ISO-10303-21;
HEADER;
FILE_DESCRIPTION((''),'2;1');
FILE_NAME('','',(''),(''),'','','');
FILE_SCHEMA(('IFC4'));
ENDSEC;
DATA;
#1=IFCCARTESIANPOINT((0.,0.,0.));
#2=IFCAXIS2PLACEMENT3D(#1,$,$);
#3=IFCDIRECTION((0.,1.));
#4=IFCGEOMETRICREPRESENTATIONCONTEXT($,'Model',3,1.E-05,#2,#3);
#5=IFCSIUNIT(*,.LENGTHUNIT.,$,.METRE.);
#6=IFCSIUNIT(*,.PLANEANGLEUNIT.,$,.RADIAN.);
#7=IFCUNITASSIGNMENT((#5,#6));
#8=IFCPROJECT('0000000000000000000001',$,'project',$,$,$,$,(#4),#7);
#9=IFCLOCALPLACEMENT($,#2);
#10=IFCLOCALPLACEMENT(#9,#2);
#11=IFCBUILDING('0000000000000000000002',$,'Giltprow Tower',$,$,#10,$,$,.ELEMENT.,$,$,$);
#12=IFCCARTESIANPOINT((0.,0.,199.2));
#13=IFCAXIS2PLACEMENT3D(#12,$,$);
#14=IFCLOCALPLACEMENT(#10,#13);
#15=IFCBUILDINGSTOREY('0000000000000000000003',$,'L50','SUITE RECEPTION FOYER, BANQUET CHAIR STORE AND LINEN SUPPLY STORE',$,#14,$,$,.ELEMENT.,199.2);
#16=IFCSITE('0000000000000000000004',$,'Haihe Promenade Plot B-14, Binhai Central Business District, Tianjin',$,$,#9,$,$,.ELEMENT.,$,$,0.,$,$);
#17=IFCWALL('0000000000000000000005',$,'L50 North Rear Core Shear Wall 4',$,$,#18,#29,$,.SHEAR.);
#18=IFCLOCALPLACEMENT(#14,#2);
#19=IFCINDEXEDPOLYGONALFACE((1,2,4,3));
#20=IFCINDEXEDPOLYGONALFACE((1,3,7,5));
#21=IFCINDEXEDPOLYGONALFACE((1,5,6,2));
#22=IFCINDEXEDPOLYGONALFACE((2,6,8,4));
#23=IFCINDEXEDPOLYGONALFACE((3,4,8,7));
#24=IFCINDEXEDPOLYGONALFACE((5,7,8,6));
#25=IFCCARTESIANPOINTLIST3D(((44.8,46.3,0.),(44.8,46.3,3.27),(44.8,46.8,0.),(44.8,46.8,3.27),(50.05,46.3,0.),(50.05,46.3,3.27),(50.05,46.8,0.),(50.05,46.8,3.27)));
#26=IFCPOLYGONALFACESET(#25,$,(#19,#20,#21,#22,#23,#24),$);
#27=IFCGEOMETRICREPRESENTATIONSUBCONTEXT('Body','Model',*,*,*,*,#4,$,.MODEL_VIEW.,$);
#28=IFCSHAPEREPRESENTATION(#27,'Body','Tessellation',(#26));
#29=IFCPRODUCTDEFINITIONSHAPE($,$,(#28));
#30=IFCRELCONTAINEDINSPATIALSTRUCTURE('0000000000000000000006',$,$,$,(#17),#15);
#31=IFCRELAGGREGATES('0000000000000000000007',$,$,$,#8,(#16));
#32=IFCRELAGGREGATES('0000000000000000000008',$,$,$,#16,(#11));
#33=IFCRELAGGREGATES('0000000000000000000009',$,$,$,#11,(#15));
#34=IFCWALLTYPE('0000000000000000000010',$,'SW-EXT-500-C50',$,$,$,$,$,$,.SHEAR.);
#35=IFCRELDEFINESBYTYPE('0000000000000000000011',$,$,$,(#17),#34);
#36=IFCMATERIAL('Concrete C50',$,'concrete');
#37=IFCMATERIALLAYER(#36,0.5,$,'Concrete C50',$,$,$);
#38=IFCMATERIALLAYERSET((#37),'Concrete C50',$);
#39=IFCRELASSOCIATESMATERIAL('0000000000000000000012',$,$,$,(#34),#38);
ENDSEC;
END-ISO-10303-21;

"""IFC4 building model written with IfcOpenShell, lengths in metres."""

from ifc_helpers import new_model, si_unit, direction, frame, frame_2d, origin, place, context, subcontext, project, spatial, rectangle, extrude, material, layer, layer_set, type_object, element, save


model = new_model("IFC4")

# Units and contexts
model_context = context("Model", 3, precision=1e-05, world=origin(), true_north=direction((0.0, 1.0)))
body_context = subcontext(model_context, "Body", "Model", "MODEL_VIEW")
ifc_project = project(units=[si_unit("LENGTHUNIT", "METRE"), si_unit("PLANEANGLEUNIT", "RADIAN")], contexts=[model_context])

# Site, building, storey
site_placement = place(None, origin())
site = spatial("IfcSite", under=ifc_project, at=site_placement, Name="Haihe Promenade Plot B-14, Binhai Central Business District, Tianjin", CompositionType="ELEMENT", RefElevation=0.0)
building_placement = place(site_placement, origin())
building = spatial("IfcBuilding", under=site, at=building_placement, Name="Giltprow Tower", CompositionType="ELEMENT")
storey_placement = place(building_placement, frame((0.0, 0.0, 199.2)))
storey = spatial("IfcBuildingStorey", under=building, at=storey_placement, Name="L50", Description="SUITE RECEPTION FOYER, BANQUET CHAIR STORE AND LINEN SUPPLY STORE", CompositionType="ELEMENT", Elevation=199.2)

# Shared definitions
ifc_material_1 = material(Name="Concrete C50", Category="concrete")

# Wall
ifc_layer_1 = layer(ifc_material_1, 0.5, Name="Concrete C50")
ifc_layer_set_1 = layer_set([ifc_layer_1], Name="Concrete C50")
wall_type_1 = type_object("IfcWallType", Name="SW-EXT-500-C50", PredefinedType="SHEAR", material=ifc_layer_set_1)
wall_1_placement = place(storey_placement, frame((44.8, 46.55, 0.0), z_axis=(0.0, 0.0, 1.0), x_axis=(1.0, 0.0, 0.0)))
element("IfcWall", 1, at=wall_1_placement, inside=storey, type_object=wall_type_1, Name="L50 North Rear Core Shear Wall 4", PredefinedType="SHEAR", context=body_context, shape_type="SweptSolid", body=[
    extrude(rectangle(XDim=5.25, YDim=0.5, at=frame_2d((2.625, 0.0))), origin(), (0.0, 0.0, 1.0), 3.27),
])

save(model, "model.ifc")
